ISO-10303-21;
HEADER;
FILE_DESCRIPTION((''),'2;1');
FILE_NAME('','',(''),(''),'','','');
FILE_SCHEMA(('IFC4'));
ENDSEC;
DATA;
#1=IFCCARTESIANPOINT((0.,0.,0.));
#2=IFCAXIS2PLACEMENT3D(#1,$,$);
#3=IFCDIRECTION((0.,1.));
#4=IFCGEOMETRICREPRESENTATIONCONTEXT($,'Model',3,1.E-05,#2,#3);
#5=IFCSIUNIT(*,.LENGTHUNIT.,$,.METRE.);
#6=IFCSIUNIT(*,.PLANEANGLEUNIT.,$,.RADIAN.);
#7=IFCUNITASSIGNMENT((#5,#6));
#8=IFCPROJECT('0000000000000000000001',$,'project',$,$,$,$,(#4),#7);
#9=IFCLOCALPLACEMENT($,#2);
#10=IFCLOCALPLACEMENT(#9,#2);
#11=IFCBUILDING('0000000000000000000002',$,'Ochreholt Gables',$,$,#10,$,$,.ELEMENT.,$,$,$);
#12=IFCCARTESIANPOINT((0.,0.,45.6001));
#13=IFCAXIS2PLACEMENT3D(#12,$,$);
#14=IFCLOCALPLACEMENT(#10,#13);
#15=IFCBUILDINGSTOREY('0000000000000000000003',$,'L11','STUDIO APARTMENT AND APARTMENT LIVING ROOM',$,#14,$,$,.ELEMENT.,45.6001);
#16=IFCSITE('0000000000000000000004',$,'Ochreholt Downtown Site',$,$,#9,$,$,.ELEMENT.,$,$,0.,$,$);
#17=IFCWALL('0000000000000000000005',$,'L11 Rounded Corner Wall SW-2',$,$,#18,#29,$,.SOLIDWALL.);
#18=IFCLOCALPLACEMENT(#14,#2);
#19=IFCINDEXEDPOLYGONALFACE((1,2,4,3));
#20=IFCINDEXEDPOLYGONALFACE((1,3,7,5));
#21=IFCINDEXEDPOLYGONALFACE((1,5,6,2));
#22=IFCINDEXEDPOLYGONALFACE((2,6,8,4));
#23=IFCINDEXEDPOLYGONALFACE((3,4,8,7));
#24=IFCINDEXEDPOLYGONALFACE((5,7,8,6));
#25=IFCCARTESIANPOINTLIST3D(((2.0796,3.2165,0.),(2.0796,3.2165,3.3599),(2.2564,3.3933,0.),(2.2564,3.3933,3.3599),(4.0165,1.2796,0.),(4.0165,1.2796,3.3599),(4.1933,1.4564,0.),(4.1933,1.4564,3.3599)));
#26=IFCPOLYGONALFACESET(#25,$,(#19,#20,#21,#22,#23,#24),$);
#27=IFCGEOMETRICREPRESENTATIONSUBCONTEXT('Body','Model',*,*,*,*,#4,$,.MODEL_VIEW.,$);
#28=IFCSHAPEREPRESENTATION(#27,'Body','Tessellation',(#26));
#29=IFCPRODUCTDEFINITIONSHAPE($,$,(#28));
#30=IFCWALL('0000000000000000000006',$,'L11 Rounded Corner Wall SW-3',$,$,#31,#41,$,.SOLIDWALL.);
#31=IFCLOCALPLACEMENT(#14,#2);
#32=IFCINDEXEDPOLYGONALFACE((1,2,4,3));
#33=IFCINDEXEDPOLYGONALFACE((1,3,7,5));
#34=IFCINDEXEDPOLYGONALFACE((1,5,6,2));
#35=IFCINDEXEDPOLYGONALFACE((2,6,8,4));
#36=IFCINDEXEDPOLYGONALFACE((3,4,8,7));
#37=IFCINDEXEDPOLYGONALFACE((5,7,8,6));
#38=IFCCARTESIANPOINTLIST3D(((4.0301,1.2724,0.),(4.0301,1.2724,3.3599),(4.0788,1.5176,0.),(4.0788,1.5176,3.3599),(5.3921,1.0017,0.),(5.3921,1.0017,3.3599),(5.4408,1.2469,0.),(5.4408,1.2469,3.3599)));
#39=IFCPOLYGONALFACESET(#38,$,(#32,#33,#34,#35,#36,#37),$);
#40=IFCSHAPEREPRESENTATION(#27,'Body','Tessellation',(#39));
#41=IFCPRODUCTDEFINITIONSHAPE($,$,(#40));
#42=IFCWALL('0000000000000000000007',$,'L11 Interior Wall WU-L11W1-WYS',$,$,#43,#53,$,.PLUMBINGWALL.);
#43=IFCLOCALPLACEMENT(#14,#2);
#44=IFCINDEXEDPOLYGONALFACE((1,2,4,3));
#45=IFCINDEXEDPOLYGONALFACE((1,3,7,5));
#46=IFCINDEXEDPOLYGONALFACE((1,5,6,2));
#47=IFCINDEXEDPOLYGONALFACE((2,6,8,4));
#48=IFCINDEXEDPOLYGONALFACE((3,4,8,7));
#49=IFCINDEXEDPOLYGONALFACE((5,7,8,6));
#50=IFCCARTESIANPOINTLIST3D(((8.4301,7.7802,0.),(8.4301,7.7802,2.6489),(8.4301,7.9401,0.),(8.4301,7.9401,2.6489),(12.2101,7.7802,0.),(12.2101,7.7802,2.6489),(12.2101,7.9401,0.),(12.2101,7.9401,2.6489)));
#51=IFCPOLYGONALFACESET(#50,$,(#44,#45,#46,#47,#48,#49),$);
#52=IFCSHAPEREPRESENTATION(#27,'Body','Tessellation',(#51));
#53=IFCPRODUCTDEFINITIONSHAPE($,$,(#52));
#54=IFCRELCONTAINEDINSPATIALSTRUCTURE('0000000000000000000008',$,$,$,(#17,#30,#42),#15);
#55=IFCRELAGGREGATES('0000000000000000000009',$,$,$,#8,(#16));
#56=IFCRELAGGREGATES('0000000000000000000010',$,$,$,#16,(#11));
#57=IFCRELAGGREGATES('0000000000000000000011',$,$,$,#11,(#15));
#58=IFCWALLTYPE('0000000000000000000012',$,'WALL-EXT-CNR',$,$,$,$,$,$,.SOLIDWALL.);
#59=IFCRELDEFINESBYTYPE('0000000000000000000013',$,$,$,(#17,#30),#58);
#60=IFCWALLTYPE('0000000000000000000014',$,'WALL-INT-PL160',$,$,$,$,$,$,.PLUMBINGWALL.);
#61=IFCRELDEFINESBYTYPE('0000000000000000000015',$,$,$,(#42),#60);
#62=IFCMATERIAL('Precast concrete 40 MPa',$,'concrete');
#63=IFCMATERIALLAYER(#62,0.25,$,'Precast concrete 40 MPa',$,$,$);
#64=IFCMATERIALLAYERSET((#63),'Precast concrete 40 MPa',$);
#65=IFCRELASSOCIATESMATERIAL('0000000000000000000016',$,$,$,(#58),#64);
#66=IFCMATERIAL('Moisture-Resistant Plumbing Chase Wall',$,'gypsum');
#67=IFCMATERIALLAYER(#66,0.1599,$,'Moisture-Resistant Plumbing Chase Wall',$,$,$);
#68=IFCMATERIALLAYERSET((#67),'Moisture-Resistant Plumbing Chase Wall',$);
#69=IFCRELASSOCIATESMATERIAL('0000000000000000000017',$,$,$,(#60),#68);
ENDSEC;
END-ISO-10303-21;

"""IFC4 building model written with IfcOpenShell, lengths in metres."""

from ifc_helpers import new_model, si_unit, direction, frame, frame_2d, origin, place, context, subcontext, project, spatial, rectangle, extrude, material, layer, layer_set, type_object, element, save


model = new_model("IFC4")

# Units and contexts
model_context = context("Model", 3, precision=1e-05, world=origin(), true_north=direction((0.0, 1.0)))
body_context = subcontext(model_context, "Body", "Model", "MODEL_VIEW")
ifc_project = project(units=[si_unit("LENGTHUNIT", "METRE"), si_unit("PLANEANGLEUNIT", "RADIAN")], contexts=[model_context])

# Site, building, storey
site_placement = place(None, origin())
site = spatial("IfcSite", under=ifc_project, at=site_placement, Name="Ochreholt Downtown Site", CompositionType="ELEMENT", RefElevation=0.0)
building_placement = place(site_placement, origin())
building = spatial("IfcBuilding", under=site, at=building_placement, Name="Ochreholt Gables", CompositionType="ELEMENT")
storey_placement = place(building_placement, frame((0.0, 0.0, 45.6001)))
storey = spatial("IfcBuildingStorey", under=building, at=storey_placement, Name="L11", Description="STUDIO APARTMENT AND APARTMENT LIVING ROOM", CompositionType="ELEMENT", Elevation=45.6001)

# Shared definitions
ifc_material_1 = material(Name="Precast concrete 40 MPa", Category="concrete")

# Walls
ifc_layer_1 = layer(ifc_material_1, 0.25, Name="Precast concrete 40 MPa")
ifc_layer_set_1 = layer_set([ifc_layer_1], Name="Precast concrete 40 MPa")
wall_type_1 = type_object("IfcWallType", Name="WALL-EXT-CNR", PredefinedType="SOLIDWALL", material=ifc_layer_set_1)
wall_1_placement = place(storey_placement, frame((2.168, 3.3049, 0.0), z_axis=(0.0, 0.0, 1.0), x_axis=(0.707107, -0.707107, 0.0)))
element("IfcWall", 1, at=wall_1_placement, inside=storey, type_object=wall_type_1, Name="L11 Rounded Corner Wall SW-2", PredefinedType="SOLIDWALL", context=body_context, shape_type="SweptSolid", body=[
    extrude(rectangle(XDim=2.7393, YDim=0.25, at=frame_2d((1.3696, 0.0))), origin(), (0.0, 0.0, 1.0), 3.3599),
])
wall_2_placement = place(storey_placement, frame((4.0544, 1.395, 0.0), z_axis=(0.0, 0.0, 1.0), x_axis=(0.98081, -0.194967, 0.0)))
element("IfcWall", 2, at=wall_2_placement, inside=storey, type_object=wall_type_1, Name="L11 Rounded Corner Wall SW-3", PredefinedType="SOLIDWALL", context=body_context, shape_type="SweptSolid", body=[
    extrude(rectangle(XDim=1.3887, YDim=0.25, at=frame_2d((0.6943, 0.0))), origin(), (0.0, 0.0, 1.0), 3.3599),
])
ifc_material_2 = material(Name="Moisture-Resistant Plumbing Chase Wall", Category="gypsum")
ifc_layer_2 = layer(ifc_material_2, 0.1599, Name="Moisture-Resistant Plumbing Chase Wall")
ifc_layer_set_2 = layer_set([ifc_layer_2], Name="Moisture-Resistant Plumbing Chase Wall")
wall_type_2 = type_object("IfcWallType", Name="WALL-INT-PL160", PredefinedType="PLUMBINGWALL", material=ifc_layer_set_2)
wall_3_placement = place(storey_placement, frame((8.4299, 7.8601, 0.0), z_axis=(0.0, 0.0, 1.0), x_axis=(1.0, 0.0, 0.0)))
element("IfcWall", 3, at=wall_3_placement, inside=storey, type_object=wall_type_2, Name="L11 Interior Wall WU-L11W1-WYS", PredefinedType="PLUMBINGWALL", context=body_context, shape_type="SweptSolid", body=[
    extrude(rectangle(XDim=3.78, YDim=0.1599, at=frame_2d((1.8901, 0.0))), origin(), (0.0, 0.0, 1.0), 2.6489),
])

save(model, "model.ifc")
